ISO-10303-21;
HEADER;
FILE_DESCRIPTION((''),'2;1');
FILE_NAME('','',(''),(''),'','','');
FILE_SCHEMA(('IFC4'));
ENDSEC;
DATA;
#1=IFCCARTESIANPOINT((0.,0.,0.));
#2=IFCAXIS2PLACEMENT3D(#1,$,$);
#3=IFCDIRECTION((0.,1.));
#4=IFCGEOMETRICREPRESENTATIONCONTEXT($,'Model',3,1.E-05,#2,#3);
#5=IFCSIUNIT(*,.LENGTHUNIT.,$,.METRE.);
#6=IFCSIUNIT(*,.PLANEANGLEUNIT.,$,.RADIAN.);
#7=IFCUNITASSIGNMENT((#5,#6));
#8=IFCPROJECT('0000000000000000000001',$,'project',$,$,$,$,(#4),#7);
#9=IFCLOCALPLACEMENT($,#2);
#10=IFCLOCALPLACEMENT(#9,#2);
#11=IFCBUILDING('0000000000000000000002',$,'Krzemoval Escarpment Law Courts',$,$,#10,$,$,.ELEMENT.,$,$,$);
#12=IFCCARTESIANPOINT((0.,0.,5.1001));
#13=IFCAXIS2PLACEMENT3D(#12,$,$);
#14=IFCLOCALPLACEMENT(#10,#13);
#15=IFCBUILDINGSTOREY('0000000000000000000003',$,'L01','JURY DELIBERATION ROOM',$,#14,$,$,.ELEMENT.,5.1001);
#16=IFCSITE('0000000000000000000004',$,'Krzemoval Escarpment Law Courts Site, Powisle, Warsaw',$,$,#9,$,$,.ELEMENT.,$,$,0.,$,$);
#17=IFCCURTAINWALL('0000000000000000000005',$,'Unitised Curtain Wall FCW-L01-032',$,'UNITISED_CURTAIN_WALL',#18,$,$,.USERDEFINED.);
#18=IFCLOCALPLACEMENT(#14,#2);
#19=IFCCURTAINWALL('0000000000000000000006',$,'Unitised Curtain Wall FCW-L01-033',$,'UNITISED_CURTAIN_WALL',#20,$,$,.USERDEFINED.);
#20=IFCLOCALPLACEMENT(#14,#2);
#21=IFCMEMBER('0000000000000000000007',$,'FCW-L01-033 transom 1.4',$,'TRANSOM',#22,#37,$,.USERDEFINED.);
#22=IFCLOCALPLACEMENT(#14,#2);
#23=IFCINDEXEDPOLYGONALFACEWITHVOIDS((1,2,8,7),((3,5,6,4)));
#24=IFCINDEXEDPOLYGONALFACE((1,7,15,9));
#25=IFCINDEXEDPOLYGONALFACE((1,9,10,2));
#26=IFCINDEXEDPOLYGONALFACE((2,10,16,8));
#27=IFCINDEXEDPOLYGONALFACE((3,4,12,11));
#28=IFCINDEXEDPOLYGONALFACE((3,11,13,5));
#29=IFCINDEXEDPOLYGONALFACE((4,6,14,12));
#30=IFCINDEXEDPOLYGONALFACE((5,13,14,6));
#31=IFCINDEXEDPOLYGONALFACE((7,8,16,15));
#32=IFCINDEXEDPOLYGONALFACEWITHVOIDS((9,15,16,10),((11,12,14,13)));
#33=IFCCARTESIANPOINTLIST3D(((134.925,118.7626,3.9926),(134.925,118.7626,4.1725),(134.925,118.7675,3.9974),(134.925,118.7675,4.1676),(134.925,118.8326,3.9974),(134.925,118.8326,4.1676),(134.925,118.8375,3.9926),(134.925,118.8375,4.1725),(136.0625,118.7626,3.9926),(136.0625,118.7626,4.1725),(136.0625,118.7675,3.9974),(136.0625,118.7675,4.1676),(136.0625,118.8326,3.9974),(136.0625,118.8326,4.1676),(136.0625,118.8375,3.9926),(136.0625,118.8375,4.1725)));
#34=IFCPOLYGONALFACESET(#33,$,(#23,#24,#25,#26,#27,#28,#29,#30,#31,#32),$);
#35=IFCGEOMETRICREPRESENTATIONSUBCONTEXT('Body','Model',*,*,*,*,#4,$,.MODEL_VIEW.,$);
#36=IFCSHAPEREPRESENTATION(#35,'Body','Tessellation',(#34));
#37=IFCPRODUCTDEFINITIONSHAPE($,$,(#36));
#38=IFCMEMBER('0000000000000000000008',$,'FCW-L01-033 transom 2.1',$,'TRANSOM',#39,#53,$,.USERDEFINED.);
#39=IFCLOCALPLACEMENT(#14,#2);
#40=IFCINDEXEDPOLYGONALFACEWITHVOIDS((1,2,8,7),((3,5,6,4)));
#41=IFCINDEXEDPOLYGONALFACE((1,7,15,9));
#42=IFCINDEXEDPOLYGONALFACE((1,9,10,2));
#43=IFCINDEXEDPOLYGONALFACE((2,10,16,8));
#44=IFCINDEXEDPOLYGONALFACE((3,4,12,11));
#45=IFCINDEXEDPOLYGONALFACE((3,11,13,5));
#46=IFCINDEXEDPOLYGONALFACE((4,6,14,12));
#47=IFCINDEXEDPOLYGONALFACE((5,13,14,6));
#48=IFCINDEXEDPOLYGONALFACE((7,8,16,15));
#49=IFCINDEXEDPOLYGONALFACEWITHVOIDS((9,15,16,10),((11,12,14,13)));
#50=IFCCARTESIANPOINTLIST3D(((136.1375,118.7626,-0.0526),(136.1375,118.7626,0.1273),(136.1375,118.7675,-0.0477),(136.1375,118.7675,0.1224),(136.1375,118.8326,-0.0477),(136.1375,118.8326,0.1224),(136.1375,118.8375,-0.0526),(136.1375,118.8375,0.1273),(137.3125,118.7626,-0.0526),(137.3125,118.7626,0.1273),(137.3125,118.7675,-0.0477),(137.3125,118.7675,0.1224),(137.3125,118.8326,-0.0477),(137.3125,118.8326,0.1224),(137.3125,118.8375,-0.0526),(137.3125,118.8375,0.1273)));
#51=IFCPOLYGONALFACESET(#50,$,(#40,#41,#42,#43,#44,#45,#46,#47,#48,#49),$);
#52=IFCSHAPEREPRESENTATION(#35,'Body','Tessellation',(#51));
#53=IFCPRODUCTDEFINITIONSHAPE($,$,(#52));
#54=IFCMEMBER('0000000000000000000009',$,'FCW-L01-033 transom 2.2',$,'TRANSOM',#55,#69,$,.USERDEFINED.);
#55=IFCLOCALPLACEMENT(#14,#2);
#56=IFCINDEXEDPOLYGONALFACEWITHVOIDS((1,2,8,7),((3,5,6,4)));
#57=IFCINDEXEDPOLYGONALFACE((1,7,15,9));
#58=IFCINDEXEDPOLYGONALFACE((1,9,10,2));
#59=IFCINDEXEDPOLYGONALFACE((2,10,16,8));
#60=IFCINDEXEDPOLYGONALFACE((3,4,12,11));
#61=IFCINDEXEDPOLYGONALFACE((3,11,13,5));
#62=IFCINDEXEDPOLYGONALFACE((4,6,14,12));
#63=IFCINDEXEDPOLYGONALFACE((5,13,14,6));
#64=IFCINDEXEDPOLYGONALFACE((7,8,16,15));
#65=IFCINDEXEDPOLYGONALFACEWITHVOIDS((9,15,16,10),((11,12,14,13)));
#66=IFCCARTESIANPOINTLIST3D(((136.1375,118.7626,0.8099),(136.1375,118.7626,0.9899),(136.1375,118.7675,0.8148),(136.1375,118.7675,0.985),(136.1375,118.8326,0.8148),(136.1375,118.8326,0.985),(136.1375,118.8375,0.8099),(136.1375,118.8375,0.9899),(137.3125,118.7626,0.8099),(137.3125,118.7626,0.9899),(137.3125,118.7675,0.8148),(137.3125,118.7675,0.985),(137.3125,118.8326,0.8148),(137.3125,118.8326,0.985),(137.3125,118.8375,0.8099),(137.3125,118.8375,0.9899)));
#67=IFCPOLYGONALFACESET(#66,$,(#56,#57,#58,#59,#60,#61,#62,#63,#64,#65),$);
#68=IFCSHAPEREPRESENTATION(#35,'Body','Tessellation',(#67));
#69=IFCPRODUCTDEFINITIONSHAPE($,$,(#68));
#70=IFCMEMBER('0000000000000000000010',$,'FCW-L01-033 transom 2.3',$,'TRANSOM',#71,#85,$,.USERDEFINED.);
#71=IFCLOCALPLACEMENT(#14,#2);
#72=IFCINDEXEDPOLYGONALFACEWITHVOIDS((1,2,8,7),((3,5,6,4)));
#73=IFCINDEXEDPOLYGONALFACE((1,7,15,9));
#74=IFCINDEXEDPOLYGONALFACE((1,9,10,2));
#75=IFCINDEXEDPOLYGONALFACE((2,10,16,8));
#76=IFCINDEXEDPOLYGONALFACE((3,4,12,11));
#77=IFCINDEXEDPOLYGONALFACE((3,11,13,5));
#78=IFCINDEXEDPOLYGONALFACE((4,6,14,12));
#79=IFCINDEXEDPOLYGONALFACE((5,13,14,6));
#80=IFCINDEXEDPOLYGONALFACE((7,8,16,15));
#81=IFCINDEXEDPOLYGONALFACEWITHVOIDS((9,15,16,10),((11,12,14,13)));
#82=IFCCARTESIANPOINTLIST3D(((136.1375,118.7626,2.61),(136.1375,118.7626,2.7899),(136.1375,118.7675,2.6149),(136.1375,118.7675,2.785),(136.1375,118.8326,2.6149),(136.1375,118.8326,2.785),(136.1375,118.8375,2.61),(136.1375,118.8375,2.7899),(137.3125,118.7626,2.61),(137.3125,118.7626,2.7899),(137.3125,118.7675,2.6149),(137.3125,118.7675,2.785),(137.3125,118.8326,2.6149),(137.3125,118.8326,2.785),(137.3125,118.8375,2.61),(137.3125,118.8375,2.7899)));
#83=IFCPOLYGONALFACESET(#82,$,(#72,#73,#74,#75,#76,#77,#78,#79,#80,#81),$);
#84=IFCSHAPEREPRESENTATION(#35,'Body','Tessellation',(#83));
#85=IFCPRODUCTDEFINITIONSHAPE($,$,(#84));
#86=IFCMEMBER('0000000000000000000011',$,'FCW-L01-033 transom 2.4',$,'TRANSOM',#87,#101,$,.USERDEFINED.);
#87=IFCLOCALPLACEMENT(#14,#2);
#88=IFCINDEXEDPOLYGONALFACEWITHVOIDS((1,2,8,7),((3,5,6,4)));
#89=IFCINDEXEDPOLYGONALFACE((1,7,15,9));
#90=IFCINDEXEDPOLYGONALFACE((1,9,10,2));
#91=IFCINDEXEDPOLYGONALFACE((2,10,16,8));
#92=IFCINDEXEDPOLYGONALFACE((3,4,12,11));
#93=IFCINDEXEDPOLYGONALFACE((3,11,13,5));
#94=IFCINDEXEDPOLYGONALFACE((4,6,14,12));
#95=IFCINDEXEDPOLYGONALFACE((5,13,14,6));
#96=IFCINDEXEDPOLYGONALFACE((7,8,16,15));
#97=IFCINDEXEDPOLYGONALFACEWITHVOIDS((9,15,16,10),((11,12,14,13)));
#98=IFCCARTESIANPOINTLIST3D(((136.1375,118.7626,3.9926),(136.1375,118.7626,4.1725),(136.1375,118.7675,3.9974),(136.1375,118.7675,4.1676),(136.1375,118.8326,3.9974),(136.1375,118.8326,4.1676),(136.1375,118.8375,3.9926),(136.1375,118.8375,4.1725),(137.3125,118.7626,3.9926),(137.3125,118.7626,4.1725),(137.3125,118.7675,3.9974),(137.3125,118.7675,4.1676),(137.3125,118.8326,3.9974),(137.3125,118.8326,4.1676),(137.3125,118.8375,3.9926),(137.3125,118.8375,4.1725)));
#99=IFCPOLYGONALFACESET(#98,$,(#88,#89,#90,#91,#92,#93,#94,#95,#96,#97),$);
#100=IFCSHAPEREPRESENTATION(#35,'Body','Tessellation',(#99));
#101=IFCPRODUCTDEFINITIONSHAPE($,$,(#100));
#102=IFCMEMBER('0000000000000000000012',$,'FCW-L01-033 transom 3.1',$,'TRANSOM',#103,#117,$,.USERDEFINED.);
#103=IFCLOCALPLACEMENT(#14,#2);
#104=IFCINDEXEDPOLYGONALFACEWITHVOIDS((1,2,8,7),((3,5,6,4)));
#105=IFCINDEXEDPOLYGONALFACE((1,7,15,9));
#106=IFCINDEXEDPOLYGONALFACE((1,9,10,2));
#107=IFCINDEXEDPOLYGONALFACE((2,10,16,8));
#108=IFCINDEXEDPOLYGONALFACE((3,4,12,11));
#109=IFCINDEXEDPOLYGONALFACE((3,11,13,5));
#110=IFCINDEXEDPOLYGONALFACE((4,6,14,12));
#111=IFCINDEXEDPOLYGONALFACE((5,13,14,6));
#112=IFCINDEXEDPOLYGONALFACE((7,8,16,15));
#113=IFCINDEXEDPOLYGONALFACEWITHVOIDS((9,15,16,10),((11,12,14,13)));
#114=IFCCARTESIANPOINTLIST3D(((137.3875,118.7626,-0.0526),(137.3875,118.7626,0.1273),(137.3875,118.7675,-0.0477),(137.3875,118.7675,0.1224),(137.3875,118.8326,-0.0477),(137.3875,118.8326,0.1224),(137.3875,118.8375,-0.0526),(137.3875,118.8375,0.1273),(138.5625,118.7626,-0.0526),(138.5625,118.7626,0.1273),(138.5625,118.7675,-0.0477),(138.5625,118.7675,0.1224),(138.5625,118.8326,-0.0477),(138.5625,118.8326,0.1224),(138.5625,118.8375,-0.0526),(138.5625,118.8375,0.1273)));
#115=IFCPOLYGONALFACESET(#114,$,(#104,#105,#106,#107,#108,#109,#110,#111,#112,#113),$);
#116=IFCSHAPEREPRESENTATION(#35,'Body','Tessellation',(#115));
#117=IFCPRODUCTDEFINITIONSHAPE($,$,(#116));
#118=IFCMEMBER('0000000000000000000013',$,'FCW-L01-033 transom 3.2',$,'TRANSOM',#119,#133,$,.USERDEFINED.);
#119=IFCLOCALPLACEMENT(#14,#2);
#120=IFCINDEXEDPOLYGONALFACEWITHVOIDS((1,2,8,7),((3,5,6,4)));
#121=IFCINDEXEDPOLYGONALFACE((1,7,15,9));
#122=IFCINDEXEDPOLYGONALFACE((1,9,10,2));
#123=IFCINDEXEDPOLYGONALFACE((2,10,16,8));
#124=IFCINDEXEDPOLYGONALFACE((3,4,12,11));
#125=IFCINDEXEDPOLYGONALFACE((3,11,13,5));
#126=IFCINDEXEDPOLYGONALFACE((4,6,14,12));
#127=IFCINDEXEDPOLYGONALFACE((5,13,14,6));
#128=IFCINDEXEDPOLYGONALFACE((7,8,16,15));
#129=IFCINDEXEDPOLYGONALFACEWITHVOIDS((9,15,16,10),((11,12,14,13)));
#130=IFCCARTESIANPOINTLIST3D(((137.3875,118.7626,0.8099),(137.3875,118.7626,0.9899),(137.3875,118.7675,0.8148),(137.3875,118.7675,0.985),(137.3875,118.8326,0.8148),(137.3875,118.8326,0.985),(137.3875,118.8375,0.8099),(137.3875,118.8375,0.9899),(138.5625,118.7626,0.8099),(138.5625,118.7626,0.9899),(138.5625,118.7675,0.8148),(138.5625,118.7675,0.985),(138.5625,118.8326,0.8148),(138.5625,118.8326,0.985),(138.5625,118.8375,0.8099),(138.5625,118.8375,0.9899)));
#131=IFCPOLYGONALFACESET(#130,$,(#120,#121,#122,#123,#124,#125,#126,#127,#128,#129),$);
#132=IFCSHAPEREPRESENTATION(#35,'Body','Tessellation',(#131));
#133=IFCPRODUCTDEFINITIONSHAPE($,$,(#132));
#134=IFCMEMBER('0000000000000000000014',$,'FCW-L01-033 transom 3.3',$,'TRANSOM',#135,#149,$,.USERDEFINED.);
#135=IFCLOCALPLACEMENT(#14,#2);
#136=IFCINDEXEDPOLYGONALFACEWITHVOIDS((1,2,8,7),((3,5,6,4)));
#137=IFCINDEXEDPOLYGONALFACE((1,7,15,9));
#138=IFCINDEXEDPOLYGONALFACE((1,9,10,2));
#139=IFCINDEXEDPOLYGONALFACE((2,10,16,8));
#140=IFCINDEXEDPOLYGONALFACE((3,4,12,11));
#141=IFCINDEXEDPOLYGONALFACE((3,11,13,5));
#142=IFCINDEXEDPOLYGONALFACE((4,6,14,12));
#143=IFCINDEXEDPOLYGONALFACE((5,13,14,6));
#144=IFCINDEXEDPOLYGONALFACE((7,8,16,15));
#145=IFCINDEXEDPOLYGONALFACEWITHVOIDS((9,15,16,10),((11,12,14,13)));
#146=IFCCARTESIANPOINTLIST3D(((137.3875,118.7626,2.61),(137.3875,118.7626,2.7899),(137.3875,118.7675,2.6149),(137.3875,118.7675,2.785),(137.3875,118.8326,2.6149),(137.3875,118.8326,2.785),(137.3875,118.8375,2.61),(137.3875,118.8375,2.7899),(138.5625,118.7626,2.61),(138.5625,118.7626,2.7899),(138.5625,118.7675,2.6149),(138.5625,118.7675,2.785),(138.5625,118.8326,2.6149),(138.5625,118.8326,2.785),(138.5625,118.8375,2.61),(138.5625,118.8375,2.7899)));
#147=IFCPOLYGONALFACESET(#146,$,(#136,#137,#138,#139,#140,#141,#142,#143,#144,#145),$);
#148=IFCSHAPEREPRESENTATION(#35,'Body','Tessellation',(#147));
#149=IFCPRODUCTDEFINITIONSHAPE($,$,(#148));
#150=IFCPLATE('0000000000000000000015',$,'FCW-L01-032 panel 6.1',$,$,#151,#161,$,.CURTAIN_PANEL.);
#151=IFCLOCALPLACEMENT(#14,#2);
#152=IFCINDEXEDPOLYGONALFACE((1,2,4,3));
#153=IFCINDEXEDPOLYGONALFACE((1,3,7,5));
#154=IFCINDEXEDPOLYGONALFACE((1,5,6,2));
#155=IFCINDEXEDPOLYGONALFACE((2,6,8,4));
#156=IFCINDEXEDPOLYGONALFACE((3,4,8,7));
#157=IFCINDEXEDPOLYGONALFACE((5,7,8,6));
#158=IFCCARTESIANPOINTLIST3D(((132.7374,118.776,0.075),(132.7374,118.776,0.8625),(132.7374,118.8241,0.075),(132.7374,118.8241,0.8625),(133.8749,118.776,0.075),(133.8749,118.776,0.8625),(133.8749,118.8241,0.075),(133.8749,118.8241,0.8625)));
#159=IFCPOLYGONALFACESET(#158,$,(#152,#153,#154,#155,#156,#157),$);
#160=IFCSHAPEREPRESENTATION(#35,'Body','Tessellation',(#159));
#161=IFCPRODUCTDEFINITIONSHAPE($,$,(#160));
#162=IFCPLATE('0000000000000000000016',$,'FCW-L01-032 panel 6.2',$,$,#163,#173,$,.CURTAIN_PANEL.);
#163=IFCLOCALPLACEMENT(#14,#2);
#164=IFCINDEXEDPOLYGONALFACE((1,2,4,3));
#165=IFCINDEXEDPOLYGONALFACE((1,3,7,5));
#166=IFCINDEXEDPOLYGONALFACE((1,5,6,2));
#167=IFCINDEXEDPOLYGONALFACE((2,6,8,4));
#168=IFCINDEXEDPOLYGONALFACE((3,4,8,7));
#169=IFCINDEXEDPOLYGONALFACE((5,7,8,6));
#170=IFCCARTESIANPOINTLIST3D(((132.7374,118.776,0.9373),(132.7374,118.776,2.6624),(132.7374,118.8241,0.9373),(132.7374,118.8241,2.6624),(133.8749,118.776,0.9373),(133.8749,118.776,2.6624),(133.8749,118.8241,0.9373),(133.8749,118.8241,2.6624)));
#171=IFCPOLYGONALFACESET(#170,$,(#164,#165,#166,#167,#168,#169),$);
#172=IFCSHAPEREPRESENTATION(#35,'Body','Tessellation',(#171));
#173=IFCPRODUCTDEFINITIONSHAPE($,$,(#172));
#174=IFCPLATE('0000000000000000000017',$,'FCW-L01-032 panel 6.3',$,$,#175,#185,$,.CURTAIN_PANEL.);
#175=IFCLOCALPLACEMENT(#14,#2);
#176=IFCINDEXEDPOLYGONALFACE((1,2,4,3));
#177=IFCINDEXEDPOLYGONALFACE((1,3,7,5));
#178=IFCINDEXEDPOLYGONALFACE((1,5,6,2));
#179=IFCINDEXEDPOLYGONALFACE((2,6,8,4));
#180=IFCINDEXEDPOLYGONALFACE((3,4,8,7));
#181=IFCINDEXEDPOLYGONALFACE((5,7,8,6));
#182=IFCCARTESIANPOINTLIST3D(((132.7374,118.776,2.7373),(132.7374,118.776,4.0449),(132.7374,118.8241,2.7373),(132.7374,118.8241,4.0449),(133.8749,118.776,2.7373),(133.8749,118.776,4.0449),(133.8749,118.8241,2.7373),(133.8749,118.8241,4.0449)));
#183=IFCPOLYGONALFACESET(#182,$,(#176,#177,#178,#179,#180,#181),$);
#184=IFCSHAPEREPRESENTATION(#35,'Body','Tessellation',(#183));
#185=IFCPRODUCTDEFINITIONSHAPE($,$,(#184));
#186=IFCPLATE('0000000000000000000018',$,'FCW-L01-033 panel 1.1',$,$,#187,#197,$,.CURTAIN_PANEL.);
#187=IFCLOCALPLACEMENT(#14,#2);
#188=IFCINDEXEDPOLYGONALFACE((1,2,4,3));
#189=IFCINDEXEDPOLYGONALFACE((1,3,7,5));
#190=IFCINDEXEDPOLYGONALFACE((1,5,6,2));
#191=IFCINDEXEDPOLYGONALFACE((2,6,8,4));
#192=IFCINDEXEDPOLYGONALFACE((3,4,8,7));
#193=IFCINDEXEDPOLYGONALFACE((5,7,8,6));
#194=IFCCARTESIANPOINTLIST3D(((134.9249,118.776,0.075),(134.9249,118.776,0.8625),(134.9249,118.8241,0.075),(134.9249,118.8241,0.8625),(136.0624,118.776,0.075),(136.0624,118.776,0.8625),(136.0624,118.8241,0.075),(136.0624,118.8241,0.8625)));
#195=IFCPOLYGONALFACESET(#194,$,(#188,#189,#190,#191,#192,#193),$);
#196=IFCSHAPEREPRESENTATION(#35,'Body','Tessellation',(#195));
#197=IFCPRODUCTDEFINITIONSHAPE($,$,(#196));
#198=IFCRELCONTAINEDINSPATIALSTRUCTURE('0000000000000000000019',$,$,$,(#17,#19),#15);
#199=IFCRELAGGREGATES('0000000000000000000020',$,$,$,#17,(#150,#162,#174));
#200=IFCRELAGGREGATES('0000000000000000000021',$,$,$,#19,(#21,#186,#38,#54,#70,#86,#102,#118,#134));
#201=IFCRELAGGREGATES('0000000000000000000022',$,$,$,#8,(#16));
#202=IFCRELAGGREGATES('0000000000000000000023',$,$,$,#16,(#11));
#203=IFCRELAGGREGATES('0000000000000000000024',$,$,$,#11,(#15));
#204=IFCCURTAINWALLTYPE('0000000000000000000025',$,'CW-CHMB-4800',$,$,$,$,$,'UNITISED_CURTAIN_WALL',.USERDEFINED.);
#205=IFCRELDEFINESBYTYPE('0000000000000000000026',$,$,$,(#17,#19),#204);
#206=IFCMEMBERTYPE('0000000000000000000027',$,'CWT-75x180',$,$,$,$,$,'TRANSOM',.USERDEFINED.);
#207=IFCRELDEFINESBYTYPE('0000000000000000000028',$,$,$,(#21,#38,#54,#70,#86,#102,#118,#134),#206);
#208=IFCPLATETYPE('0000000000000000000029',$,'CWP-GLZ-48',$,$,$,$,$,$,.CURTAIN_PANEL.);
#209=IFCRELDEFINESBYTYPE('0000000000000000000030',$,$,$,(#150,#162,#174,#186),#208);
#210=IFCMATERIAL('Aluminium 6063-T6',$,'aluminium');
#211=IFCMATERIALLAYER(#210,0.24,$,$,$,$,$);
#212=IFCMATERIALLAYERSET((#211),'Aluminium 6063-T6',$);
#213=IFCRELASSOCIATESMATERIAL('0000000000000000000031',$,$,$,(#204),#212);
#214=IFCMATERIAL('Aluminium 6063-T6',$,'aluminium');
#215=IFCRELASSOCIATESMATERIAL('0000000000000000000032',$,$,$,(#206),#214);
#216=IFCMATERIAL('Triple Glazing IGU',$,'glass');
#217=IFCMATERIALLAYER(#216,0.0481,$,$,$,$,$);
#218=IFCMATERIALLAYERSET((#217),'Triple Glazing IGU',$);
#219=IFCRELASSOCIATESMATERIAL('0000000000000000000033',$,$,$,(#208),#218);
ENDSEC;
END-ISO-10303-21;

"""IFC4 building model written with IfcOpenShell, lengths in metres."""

from ifc_helpers import new_model, si_unit, direction, frame, origin, origin_2d, place, context, subcontext, project, spatial, rectangle, hollow_rectangle, extrude, material, layer, layer_set, material_profile, profile_set, type_object, element, aggregate, save


model = new_model("IFC4")

# Units and contexts
model_context = context("Model", 3, precision=1e-05, world=origin(), true_north=direction((0.0, 1.0)))
body_context = subcontext(model_context, "Body", "Model", "MODEL_VIEW")
ifc_project = project(units=[si_unit("LENGTHUNIT", "METRE"), si_unit("PLANEANGLEUNIT", "RADIAN")], contexts=[model_context])

# Site, building, storey
site_placement = place(None, origin())
site = spatial("IfcSite", under=ifc_project, at=site_placement, Name="Krzemoval Escarpment Law Courts Site, Powisle, Warsaw", CompositionType="ELEMENT", RefElevation=0.0)
building_placement = place(site_placement, origin())
building = spatial("IfcBuilding", under=site, at=building_placement, Name="Krzemoval Escarpment Law Courts", CompositionType="ELEMENT")
storey_placement = place(building_placement, frame((0.0, 0.0, 5.1001)))
storey = spatial("IfcBuildingStorey", under=building, at=storey_placement, Name="L01", Description="JURY DELIBERATION ROOM", CompositionType="ELEMENT", Elevation=5.1001)

# Curtain wall
ifc_material_1 = material(Name="Aluminium 6063-T6", Category="aluminium")
ifc_layer_1 = layer(ifc_material_1, 0.24)
ifc_layer_set_1 = layer_set([ifc_layer_1], Name="Aluminium 6063-T6")
curtain_wall_type = type_object("IfcCurtainWallType", Name="CW-CHMB-4800", ElementType="UNITISED_CURTAIN_WALL", PredefinedType="USERDEFINED", material=ifc_layer_set_1)
curtain_wall_1_placement = place(storey_placement, origin())
curtain_wall_1 = element("IfcCurtainWall", 1, at=curtain_wall_1_placement, inside=storey, type_object=curtain_wall_type, Name="Unitised Curtain Wall FCW-L01-032", ObjectType="UNITISED_CURTAIN_WALL", PredefinedType="USERDEFINED")

# Curtain wall
curtain_wall_2_placement = place(storey_placement, origin())
curtain_wall_2 = element("IfcCurtainWall", 2, at=curtain_wall_2_placement, inside=storey, type_object=curtain_wall_type, Name="Unitised Curtain Wall FCW-L01-033", ObjectType="UNITISED_CURTAIN_WALL", PredefinedType="USERDEFINED")

# Members
ifc_material_2 = material(Name="Aluminium 6063-T6", Category="aluminium")
ifc_material_profile_1 = material_profile(ifc_material_2, hollow_rectangle(XDim=0.075, YDim=0.1799, WallThickness=0.0049, at=origin_2d()), Name="ALU T75x180")
ifc_profile_set_1 = profile_set([ifc_material_profile_1], Name="Aluminium 6063-T6")
member_type_1 = type_object("IfcMemberType", Name="CWT-75x180", ElementType="TRANSOM", PredefinedType="USERDEFINED", material=ifc_profile_set_1)
member_1_placement = place(storey_placement, frame((134.925, 118.8, 4.0825), z_axis=(1.0, 0.0, 0.0), x_axis=(0.0, 1.0, 0.0)))
member_1 = element("IfcMember", 3, at=member_1_placement, type_object=member_type_1, Name="FCW-L01-033 transom 1.4", ObjectType="TRANSOM", PredefinedType="USERDEFINED", context=body_context, shape_type="SweptSolid", body=[
    extrude(hollow_rectangle(XDim=0.075, YDim=0.1799, WallThickness=0.0049, at=origin_2d()), origin(), (0.0, 0.0, 1.0), 1.1375),
])
member_2_placement = place(storey_placement, frame((136.1375, 118.8, 0.0374), z_axis=(1.0, 0.0, 0.0), x_axis=(0.0, 1.0, 0.0)))
member_2 = element("IfcMember", 4, at=member_2_placement, type_object=member_type_1, Name="FCW-L01-033 transom 2.1", ObjectType="TRANSOM", PredefinedType="USERDEFINED", context=body_context, shape_type="SweptSolid", body=[
    extrude(hollow_rectangle(XDim=0.075, YDim=0.1799, WallThickness=0.0049, at=origin_2d()), origin(), (0.0, 0.0, 1.0), 1.175),
])
member_3_placement = place(storey_placement, frame((136.1375, 118.8, 0.8999), z_axis=(1.0, 0.0, 0.0), x_axis=(0.0, 1.0, 0.0)))
member_3 = element("IfcMember", 5, at=member_3_placement, type_object=member_type_1, Name="FCW-L01-033 transom 2.2", ObjectType="TRANSOM", PredefinedType="USERDEFINED", context=body_context, shape_type="SweptSolid", body=[
    extrude(hollow_rectangle(XDim=0.075, YDim=0.1799, WallThickness=0.0049, at=origin_2d()), origin(), (0.0, 0.0, 1.0), 1.175),
])
member_4_placement = place(storey_placement, frame((136.1375, 118.8, 2.7), z_axis=(1.0, 0.0, 0.0), x_axis=(0.0, 1.0, 0.0)))
member_4 = element("IfcMember", 6, at=member_4_placement, type_object=member_type_1, Name="FCW-L01-033 transom 2.3", ObjectType="TRANSOM", PredefinedType="USERDEFINED", context=body_context, shape_type="SweptSolid", body=[
    extrude(hollow_rectangle(XDim=0.075, YDim=0.1799, WallThickness=0.0049, at=origin_2d()), origin(), (0.0, 0.0, 1.0), 1.175),
])
member_5_placement = place(storey_placement, frame((136.1375, 118.8, 4.0825), z_axis=(1.0, 0.0, 0.0), x_axis=(0.0, 1.0, 0.0)))
member_5 = element("IfcMember", 7, at=member_5_placement, type_object=member_type_1, Name="FCW-L01-033 transom 2.4", ObjectType="TRANSOM", PredefinedType="USERDEFINED", context=body_context, shape_type="SweptSolid", body=[
    extrude(hollow_rectangle(XDim=0.075, YDim=0.1799, WallThickness=0.0049, at=origin_2d()), origin(), (0.0, 0.0, 1.0), 1.175),
])
member_6_placement = place(storey_placement, frame((137.3875, 118.8, 0.0374), z_axis=(1.0, 0.0, 0.0), x_axis=(0.0, 1.0, 0.0)))
member_6 = element("IfcMember", 8, at=member_6_placement, type_object=member_type_1, Name="FCW-L01-033 transom 3.1", ObjectType="TRANSOM", PredefinedType="USERDEFINED", context=body_context, shape_type="SweptSolid", body=[
    extrude(hollow_rectangle(XDim=0.075, YDim=0.1799, WallThickness=0.0049, at=origin_2d()), origin(), (0.0, 0.0, 1.0), 1.175),
])
member_7_placement = place(storey_placement, frame((137.3875, 118.8, 0.8999), z_axis=(1.0, 0.0, 0.0), x_axis=(0.0, 1.0, 0.0)))
member_7 = element("IfcMember", 9, at=member_7_placement, type_object=member_type_1, Name="FCW-L01-033 transom 3.2", ObjectType="TRANSOM", PredefinedType="USERDEFINED", context=body_context, shape_type="SweptSolid", body=[
    extrude(hollow_rectangle(XDim=0.075, YDim=0.1799, WallThickness=0.0049, at=origin_2d()), origin(), (0.0, 0.0, 1.0), 1.175),
])
member_8_placement = place(storey_placement, frame((137.3875, 118.8, 2.7), z_axis=(1.0, 0.0, 0.0), x_axis=(0.0, 1.0, 0.0)))
member_8 = element("IfcMember", 10, at=member_8_placement, type_object=member_type_1, Name="FCW-L01-033 transom 3.3", ObjectType="TRANSOM", PredefinedType="USERDEFINED", context=body_context, shape_type="SweptSolid", body=[
    extrude(hollow_rectangle(XDim=0.075, YDim=0.1799, WallThickness=0.0049, at=origin_2d()), origin(), (0.0, 0.0, 1.0), 1.175),
])

# Plates
ifc_material_3 = material(Name="Triple Glazing IGU", Category="glass")
ifc_layer_2 = layer(ifc_material_3, 0.0481)
ifc_layer_set_2 = layer_set([ifc_layer_2], Name="Triple Glazing IGU")
plate_type = type_object("IfcPlateType", Name="CWP-GLZ-48", PredefinedType="CURTAIN_PANEL", material=ifc_layer_set_2)
plate_1_placement = place(storey_placement, frame((133.3062, 118.8, 0.075), z_axis=(0.0, 0.0, 1.0), x_axis=(1.0, 0.0, 0.0)))
plate_1 = element("IfcPlate", 11, at=plate_1_placement, type_object=plate_type, Name="FCW-L01-032 panel 6.1", PredefinedType="CURTAIN_PANEL", context=body_context, shape_type="SweptSolid", body=[
    extrude(rectangle(XDim=1.1375, YDim=0.0481, at=origin_2d()), origin(), (0.0, 0.0, 1.0), 0.7876),
])
plate_2_placement = place(storey_placement, frame((133.3062, 118.8, 0.9373), z_axis=(0.0, 0.0, 1.0), x_axis=(1.0, 0.0, 0.0)))
plate_2 = element("IfcPlate", 12, at=plate_2_placement, type_object=plate_type, Name="FCW-L01-032 panel 6.2", PredefinedType="CURTAIN_PANEL", context=body_context, shape_type="SweptSolid", body=[
    extrude(rectangle(XDim=1.1375, YDim=0.0481, at=origin_2d()), origin(), (0.0, 0.0, 1.0), 1.7251),
])
plate_3_placement = place(storey_placement, frame((133.3062, 118.8, 2.7373), z_axis=(0.0, 0.0, 1.0), x_axis=(1.0, 0.0, 0.0)))
plate_3 = element("IfcPlate", 13, at=plate_3_placement, type_object=plate_type, Name="FCW-L01-032 panel 6.3", PredefinedType="CURTAIN_PANEL", context=body_context, shape_type="SweptSolid", body=[
    extrude(rectangle(XDim=1.1375, YDim=0.0481, at=origin_2d()), origin(), (0.0, 0.0, 1.0), 1.3076),
])
aggregate(curtain_wall_1, [plate_1, plate_2, plate_3])
plate_4_placement = place(storey_placement, frame((135.4937, 118.8, 0.075), z_axis=(0.0, 0.0, 1.0), x_axis=(1.0, 0.0, 0.0)))
plate_4 = element("IfcPlate", 14, at=plate_4_placement, type_object=plate_type, Name="FCW-L01-033 panel 1.1", PredefinedType="CURTAIN_PANEL", context=body_context, shape_type="SweptSolid", body=[
    extrude(rectangle(XDim=1.1375, YDim=0.0481, at=origin_2d()), origin(), (0.0, 0.0, 1.0), 0.7876),
])
aggregate(curtain_wall_2, [member_1, plate_4, member_2, member_3, member_4, member_5, member_6, member_7, member_8])

save(model, "model.ifc")
